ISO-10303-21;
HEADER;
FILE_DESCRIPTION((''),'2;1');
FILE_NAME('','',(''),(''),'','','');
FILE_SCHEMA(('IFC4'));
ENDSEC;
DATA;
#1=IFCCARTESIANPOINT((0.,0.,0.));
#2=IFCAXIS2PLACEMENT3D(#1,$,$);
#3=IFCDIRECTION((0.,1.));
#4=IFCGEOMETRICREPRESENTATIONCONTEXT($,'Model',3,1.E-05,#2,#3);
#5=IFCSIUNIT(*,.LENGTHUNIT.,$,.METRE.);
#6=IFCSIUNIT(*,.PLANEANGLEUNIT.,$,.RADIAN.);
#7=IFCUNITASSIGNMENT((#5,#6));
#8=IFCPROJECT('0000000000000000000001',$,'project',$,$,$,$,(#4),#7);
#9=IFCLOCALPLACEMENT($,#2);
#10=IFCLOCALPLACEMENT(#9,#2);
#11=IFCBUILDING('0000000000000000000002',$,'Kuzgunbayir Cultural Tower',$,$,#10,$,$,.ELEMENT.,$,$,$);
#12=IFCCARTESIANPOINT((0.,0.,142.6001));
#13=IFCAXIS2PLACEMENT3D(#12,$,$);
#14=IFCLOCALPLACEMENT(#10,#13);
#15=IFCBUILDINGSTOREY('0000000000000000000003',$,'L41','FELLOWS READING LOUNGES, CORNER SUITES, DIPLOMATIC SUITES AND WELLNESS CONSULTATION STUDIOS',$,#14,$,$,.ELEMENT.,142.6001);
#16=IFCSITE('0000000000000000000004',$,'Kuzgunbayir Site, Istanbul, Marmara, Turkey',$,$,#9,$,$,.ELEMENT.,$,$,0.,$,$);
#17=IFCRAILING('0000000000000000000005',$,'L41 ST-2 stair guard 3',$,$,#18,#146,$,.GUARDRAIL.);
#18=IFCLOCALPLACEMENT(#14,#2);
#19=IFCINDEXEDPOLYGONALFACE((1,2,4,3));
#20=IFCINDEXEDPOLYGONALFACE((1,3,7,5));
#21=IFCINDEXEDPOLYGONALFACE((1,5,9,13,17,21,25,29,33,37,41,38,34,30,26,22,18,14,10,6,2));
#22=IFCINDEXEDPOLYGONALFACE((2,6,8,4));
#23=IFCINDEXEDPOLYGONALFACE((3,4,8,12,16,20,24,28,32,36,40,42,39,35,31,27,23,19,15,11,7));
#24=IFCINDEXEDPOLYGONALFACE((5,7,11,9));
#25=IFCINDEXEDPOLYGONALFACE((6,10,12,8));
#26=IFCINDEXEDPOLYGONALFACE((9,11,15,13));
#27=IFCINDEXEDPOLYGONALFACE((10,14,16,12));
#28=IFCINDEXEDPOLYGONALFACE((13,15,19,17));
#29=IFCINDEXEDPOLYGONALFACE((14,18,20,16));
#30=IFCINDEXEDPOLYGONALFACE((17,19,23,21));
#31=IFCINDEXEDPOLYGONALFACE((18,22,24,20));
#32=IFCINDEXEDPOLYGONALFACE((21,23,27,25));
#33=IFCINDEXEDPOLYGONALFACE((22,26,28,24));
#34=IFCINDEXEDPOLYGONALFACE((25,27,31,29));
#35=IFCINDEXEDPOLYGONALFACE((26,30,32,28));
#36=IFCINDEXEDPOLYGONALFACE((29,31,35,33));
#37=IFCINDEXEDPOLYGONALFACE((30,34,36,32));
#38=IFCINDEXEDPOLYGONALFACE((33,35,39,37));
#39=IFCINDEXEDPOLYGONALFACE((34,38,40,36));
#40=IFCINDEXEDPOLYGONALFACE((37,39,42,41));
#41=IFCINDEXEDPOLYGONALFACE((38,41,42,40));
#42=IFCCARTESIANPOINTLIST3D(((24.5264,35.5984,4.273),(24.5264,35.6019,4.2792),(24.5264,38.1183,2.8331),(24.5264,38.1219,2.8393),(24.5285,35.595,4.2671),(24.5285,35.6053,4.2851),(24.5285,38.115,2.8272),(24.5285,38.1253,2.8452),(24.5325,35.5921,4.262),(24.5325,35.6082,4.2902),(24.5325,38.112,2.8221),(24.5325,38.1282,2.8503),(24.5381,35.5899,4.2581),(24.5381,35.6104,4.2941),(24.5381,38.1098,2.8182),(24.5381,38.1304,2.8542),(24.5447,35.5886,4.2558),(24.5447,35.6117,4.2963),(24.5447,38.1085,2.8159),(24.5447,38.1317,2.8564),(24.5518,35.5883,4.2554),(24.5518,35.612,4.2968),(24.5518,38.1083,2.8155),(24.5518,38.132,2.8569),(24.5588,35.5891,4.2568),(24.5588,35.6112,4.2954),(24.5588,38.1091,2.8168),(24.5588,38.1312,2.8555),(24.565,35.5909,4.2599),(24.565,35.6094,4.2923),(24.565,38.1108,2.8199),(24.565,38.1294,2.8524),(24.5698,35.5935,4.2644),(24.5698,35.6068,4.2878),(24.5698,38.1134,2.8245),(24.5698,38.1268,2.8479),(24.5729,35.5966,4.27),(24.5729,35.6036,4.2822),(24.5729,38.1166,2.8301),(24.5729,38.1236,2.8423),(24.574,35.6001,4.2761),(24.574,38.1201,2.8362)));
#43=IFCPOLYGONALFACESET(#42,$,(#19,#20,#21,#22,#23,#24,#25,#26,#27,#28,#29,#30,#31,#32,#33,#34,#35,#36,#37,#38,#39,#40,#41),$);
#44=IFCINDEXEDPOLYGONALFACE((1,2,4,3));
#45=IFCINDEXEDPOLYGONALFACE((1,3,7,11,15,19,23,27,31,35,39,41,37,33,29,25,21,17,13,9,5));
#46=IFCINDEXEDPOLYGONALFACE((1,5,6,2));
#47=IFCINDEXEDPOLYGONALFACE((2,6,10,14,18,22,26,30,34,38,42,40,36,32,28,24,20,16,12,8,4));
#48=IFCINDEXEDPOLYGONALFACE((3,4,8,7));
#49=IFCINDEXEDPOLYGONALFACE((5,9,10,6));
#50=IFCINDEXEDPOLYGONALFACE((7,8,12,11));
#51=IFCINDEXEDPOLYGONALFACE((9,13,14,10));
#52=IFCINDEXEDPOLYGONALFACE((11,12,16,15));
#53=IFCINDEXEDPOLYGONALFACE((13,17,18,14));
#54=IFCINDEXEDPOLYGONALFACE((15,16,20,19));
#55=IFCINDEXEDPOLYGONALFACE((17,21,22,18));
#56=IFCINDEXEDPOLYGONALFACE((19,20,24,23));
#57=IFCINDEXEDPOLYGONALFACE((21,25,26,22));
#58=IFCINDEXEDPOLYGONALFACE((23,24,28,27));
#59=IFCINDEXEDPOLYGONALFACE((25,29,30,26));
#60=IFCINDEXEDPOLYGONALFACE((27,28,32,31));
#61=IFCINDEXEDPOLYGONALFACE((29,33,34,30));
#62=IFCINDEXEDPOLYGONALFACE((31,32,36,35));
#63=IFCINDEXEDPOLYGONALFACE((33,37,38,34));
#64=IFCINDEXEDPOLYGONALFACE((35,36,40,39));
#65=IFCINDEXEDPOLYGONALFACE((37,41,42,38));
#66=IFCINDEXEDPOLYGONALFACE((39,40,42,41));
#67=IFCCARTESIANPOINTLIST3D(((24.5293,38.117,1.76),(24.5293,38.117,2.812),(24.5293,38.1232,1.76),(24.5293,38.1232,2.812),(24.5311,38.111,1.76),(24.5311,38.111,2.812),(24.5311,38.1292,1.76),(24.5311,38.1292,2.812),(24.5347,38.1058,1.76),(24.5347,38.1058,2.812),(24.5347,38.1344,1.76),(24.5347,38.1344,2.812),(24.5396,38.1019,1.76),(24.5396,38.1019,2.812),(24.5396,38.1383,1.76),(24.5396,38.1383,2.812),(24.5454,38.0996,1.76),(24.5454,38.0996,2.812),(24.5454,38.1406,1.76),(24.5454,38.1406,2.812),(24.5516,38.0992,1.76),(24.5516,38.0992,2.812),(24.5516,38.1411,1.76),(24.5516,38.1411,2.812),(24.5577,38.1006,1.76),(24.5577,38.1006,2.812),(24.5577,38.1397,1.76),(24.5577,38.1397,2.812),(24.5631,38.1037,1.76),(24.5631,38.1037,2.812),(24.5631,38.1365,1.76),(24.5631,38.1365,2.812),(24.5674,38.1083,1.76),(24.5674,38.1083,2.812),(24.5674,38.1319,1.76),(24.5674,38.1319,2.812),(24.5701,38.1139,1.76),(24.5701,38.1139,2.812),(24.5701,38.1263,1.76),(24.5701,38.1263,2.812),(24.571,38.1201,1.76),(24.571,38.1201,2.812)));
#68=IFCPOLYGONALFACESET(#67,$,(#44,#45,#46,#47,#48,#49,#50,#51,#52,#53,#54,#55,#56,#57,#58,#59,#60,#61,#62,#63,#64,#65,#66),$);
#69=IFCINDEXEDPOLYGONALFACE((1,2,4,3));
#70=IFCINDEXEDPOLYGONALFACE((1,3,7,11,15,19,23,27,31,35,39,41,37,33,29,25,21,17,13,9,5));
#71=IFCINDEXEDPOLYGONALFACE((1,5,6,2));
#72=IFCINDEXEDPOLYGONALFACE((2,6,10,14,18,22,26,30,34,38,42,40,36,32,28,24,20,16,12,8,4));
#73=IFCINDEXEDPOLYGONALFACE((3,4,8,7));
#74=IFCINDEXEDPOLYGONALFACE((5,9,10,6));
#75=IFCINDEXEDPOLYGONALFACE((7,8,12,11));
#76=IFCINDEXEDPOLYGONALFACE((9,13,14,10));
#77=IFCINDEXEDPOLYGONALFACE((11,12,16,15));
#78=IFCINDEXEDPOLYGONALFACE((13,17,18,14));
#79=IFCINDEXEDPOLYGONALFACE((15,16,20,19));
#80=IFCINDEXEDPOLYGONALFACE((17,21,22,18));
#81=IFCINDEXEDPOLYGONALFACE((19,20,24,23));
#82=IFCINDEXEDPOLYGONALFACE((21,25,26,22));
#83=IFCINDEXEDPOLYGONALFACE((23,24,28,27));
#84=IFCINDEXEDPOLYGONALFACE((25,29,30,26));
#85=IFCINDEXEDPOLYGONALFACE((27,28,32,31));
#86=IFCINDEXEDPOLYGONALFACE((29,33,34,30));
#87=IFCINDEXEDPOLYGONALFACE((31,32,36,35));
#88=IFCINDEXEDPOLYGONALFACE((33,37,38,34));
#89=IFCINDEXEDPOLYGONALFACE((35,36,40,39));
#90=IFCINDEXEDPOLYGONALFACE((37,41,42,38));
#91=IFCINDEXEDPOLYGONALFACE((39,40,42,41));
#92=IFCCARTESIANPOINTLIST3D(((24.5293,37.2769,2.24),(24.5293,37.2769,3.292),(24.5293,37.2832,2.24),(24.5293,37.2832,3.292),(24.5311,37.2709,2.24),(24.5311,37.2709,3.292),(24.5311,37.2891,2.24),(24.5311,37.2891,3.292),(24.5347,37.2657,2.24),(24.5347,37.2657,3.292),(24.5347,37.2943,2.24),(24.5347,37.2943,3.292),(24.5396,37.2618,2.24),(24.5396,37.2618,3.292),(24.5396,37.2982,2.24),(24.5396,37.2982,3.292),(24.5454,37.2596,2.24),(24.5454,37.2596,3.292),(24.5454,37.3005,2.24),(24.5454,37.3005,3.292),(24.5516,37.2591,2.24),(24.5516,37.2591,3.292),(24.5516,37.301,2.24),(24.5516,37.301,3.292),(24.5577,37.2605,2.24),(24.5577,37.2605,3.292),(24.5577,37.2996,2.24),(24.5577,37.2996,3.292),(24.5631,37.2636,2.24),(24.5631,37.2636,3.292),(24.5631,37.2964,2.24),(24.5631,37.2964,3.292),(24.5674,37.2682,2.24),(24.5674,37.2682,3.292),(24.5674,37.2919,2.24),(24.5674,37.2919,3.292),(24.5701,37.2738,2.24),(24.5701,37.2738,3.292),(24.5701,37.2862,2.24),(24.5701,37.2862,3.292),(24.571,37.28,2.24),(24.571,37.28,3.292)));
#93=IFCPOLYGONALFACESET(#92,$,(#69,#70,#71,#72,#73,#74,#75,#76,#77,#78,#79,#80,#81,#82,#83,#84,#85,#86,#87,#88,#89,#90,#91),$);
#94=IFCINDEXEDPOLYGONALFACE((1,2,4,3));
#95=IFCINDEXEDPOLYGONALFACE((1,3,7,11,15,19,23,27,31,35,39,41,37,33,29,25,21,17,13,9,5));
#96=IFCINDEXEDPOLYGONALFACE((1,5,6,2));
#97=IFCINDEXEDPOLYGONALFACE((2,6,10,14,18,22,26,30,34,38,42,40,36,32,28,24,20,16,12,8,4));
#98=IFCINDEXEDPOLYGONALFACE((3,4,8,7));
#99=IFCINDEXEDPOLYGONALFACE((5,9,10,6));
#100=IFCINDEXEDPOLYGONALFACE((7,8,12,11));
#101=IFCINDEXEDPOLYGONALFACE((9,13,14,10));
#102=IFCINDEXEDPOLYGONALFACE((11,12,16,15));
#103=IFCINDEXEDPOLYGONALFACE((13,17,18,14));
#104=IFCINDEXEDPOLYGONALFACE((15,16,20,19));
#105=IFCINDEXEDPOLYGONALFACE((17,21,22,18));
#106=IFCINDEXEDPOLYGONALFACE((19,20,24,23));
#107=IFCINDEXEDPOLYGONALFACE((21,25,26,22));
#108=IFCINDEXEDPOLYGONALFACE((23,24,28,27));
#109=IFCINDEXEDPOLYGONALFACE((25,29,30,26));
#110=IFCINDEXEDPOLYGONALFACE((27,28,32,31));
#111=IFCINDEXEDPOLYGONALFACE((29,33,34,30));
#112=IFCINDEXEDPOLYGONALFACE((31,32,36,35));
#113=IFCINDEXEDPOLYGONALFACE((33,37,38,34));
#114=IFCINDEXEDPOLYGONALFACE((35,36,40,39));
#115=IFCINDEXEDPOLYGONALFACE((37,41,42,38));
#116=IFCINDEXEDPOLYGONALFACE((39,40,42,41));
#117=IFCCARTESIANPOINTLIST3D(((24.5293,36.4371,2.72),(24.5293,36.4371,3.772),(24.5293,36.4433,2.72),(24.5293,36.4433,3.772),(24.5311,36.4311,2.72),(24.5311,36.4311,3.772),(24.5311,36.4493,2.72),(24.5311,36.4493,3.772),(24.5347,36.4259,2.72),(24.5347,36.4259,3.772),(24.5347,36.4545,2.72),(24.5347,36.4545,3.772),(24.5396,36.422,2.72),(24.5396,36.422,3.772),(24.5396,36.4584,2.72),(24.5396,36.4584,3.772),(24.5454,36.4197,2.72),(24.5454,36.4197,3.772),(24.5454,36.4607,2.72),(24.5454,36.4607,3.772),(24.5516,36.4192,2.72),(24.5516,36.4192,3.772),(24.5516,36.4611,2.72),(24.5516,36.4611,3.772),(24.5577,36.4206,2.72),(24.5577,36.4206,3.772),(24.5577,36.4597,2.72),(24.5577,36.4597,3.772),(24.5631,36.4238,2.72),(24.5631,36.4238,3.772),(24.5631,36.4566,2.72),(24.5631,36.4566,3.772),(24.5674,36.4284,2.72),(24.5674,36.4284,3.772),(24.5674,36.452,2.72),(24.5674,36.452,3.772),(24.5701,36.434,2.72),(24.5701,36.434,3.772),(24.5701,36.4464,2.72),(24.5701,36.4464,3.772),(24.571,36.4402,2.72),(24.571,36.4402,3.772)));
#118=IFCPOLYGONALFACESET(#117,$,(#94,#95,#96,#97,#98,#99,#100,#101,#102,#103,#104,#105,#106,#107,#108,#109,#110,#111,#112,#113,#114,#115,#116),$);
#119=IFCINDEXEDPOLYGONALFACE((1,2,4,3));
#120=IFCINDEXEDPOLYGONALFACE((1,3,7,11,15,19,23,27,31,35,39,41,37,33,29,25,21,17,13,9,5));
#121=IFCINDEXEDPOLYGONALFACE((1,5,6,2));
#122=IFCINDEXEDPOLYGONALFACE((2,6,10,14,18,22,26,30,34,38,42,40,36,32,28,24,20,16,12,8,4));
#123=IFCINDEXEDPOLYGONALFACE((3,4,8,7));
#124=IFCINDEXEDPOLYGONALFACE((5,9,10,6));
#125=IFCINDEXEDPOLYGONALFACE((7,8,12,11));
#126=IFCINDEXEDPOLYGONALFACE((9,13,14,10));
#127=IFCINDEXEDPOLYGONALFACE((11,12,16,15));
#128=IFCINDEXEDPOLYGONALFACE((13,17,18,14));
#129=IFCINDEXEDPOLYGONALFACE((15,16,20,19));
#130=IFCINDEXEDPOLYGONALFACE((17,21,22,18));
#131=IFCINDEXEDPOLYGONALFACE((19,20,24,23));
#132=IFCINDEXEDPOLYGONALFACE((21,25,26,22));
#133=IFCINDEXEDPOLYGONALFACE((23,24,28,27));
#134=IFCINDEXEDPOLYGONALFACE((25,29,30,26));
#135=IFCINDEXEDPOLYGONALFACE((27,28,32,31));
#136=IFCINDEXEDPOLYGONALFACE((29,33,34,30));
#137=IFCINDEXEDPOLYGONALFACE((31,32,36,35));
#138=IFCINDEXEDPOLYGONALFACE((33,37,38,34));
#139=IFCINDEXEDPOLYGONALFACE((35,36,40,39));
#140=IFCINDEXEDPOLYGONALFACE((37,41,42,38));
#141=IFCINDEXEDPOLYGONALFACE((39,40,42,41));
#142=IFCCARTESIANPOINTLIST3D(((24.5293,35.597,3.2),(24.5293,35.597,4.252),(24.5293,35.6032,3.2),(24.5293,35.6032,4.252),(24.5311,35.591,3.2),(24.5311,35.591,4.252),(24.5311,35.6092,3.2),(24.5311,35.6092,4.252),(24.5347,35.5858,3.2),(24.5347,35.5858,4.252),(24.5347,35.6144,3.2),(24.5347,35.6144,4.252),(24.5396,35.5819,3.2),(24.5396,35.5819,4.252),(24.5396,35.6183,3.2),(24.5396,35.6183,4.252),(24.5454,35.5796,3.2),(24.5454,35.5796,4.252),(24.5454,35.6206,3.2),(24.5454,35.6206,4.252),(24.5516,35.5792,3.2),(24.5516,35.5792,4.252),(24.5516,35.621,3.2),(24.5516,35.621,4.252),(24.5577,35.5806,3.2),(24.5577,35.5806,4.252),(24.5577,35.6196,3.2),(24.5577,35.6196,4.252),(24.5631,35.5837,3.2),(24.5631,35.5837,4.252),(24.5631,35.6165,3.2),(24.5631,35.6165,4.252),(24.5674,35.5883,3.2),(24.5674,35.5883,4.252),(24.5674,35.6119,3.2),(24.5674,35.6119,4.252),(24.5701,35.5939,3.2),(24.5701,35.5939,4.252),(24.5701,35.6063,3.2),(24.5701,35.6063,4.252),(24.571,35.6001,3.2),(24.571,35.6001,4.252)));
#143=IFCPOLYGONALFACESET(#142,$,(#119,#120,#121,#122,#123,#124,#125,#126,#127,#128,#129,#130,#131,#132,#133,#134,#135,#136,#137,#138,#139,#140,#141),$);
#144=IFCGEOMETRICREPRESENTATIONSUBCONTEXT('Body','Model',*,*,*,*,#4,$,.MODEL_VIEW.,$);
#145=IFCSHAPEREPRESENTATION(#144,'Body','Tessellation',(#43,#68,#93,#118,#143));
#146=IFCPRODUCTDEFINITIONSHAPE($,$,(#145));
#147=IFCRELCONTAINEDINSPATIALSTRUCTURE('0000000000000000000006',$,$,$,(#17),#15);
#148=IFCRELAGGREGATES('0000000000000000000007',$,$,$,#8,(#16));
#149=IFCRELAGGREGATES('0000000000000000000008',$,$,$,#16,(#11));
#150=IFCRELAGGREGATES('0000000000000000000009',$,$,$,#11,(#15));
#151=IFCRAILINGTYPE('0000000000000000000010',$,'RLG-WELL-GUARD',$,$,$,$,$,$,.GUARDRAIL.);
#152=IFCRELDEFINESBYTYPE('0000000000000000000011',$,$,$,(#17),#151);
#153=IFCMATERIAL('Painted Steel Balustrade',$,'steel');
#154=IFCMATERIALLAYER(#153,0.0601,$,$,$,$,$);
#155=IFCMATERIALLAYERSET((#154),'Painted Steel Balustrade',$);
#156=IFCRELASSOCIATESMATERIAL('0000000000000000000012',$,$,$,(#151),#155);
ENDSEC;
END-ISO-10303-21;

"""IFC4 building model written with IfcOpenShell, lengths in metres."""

from ifc_helpers import new_model, si_unit, direction, frame, origin, origin_2d, place, context, subcontext, project, spatial, circle, extrude, material, layer, layer_set, type_object, element, save


model = new_model("IFC4")

# Units and contexts
model_context = context("Model", 3, precision=1e-05, world=origin(), true_north=direction((0.0, 1.0)))
body_context = subcontext(model_context, "Body", "Model", "MODEL_VIEW")
ifc_project = project(units=[si_unit("LENGTHUNIT", "METRE"), si_unit("PLANEANGLEUNIT", "RADIAN")], contexts=[model_context])

# Site, building, storey
site_placement = place(None, origin())
site = spatial("IfcSite", under=ifc_project, at=site_placement, Name="Kuzgunbayir Site, Istanbul, Marmara, Turkey", CompositionType="ELEMENT", RefElevation=0.0)
building_placement = place(site_placement, origin())
building = spatial("IfcBuilding", under=site, at=building_placement, Name="Kuzgunbayir Cultural Tower", CompositionType="ELEMENT")
storey_placement = place(building_placement, frame((0.0, 0.0, 142.6001)))
storey = spatial("IfcBuildingStorey", under=building, at=storey_placement, Name="L41", Description="FELLOWS READING LOUNGES, CORNER SUITES, DIPLOMATIC SUITES AND WELLNESS CONSULTATION STUDIOS", CompositionType="ELEMENT", Elevation=142.6001)

# Railing
ifc_material_1 = material(Name="Painted Steel Balustrade", Category="steel")
ifc_layer_1 = layer(ifc_material_1, 0.0601)
ifc_layer_set_1 = layer_set([ifc_layer_1], Name="Painted Steel Balustrade")
railing_type_1 = type_object("IfcRailingType", Name="RLG-WELL-GUARD", PredefinedType="GUARDRAIL", material=ifc_layer_set_1)
railing_1_placement = place(storey_placement, frame((24.55, 38.1201, 1.76)))
element("IfcRailing", 1, at=railing_1_placement, inside=storey, type_object=railing_type_1, Name="L41 ST-2 stair guard 3", PredefinedType="GUARDRAIL", context=body_context, shape_type="SweptSolid", body=[
    extrude(circle(Radius=0.0239, at=origin_2d()), frame((0.0, 0.0, 1.0762), z_axis=(0.0, -0.868253, 0.496121), x_axis=(1.0, 0.0, 0.0)), (0.0, 0.0, 1.0), 2.9023),
    extrude(circle(Radius=0.021, at=origin_2d()), origin(), (0.0, 0.0, 1.0), 1.052),
    extrude(circle(Radius=0.021, at=origin_2d()), frame((0.0, -0.8401, 0.48)), (0.0, 0.0, 1.0), 1.052),
    extrude(circle(Radius=0.021, at=origin_2d()), frame((0.0, -1.6799, 0.96)), (0.0, 0.0, 1.0), 1.052),
    extrude(circle(Radius=0.021, at=origin_2d()), frame((0.0, -2.52, 1.4399)), (0.0, 0.0, 1.0), 1.052),
])

save(model, "model.ifc")
